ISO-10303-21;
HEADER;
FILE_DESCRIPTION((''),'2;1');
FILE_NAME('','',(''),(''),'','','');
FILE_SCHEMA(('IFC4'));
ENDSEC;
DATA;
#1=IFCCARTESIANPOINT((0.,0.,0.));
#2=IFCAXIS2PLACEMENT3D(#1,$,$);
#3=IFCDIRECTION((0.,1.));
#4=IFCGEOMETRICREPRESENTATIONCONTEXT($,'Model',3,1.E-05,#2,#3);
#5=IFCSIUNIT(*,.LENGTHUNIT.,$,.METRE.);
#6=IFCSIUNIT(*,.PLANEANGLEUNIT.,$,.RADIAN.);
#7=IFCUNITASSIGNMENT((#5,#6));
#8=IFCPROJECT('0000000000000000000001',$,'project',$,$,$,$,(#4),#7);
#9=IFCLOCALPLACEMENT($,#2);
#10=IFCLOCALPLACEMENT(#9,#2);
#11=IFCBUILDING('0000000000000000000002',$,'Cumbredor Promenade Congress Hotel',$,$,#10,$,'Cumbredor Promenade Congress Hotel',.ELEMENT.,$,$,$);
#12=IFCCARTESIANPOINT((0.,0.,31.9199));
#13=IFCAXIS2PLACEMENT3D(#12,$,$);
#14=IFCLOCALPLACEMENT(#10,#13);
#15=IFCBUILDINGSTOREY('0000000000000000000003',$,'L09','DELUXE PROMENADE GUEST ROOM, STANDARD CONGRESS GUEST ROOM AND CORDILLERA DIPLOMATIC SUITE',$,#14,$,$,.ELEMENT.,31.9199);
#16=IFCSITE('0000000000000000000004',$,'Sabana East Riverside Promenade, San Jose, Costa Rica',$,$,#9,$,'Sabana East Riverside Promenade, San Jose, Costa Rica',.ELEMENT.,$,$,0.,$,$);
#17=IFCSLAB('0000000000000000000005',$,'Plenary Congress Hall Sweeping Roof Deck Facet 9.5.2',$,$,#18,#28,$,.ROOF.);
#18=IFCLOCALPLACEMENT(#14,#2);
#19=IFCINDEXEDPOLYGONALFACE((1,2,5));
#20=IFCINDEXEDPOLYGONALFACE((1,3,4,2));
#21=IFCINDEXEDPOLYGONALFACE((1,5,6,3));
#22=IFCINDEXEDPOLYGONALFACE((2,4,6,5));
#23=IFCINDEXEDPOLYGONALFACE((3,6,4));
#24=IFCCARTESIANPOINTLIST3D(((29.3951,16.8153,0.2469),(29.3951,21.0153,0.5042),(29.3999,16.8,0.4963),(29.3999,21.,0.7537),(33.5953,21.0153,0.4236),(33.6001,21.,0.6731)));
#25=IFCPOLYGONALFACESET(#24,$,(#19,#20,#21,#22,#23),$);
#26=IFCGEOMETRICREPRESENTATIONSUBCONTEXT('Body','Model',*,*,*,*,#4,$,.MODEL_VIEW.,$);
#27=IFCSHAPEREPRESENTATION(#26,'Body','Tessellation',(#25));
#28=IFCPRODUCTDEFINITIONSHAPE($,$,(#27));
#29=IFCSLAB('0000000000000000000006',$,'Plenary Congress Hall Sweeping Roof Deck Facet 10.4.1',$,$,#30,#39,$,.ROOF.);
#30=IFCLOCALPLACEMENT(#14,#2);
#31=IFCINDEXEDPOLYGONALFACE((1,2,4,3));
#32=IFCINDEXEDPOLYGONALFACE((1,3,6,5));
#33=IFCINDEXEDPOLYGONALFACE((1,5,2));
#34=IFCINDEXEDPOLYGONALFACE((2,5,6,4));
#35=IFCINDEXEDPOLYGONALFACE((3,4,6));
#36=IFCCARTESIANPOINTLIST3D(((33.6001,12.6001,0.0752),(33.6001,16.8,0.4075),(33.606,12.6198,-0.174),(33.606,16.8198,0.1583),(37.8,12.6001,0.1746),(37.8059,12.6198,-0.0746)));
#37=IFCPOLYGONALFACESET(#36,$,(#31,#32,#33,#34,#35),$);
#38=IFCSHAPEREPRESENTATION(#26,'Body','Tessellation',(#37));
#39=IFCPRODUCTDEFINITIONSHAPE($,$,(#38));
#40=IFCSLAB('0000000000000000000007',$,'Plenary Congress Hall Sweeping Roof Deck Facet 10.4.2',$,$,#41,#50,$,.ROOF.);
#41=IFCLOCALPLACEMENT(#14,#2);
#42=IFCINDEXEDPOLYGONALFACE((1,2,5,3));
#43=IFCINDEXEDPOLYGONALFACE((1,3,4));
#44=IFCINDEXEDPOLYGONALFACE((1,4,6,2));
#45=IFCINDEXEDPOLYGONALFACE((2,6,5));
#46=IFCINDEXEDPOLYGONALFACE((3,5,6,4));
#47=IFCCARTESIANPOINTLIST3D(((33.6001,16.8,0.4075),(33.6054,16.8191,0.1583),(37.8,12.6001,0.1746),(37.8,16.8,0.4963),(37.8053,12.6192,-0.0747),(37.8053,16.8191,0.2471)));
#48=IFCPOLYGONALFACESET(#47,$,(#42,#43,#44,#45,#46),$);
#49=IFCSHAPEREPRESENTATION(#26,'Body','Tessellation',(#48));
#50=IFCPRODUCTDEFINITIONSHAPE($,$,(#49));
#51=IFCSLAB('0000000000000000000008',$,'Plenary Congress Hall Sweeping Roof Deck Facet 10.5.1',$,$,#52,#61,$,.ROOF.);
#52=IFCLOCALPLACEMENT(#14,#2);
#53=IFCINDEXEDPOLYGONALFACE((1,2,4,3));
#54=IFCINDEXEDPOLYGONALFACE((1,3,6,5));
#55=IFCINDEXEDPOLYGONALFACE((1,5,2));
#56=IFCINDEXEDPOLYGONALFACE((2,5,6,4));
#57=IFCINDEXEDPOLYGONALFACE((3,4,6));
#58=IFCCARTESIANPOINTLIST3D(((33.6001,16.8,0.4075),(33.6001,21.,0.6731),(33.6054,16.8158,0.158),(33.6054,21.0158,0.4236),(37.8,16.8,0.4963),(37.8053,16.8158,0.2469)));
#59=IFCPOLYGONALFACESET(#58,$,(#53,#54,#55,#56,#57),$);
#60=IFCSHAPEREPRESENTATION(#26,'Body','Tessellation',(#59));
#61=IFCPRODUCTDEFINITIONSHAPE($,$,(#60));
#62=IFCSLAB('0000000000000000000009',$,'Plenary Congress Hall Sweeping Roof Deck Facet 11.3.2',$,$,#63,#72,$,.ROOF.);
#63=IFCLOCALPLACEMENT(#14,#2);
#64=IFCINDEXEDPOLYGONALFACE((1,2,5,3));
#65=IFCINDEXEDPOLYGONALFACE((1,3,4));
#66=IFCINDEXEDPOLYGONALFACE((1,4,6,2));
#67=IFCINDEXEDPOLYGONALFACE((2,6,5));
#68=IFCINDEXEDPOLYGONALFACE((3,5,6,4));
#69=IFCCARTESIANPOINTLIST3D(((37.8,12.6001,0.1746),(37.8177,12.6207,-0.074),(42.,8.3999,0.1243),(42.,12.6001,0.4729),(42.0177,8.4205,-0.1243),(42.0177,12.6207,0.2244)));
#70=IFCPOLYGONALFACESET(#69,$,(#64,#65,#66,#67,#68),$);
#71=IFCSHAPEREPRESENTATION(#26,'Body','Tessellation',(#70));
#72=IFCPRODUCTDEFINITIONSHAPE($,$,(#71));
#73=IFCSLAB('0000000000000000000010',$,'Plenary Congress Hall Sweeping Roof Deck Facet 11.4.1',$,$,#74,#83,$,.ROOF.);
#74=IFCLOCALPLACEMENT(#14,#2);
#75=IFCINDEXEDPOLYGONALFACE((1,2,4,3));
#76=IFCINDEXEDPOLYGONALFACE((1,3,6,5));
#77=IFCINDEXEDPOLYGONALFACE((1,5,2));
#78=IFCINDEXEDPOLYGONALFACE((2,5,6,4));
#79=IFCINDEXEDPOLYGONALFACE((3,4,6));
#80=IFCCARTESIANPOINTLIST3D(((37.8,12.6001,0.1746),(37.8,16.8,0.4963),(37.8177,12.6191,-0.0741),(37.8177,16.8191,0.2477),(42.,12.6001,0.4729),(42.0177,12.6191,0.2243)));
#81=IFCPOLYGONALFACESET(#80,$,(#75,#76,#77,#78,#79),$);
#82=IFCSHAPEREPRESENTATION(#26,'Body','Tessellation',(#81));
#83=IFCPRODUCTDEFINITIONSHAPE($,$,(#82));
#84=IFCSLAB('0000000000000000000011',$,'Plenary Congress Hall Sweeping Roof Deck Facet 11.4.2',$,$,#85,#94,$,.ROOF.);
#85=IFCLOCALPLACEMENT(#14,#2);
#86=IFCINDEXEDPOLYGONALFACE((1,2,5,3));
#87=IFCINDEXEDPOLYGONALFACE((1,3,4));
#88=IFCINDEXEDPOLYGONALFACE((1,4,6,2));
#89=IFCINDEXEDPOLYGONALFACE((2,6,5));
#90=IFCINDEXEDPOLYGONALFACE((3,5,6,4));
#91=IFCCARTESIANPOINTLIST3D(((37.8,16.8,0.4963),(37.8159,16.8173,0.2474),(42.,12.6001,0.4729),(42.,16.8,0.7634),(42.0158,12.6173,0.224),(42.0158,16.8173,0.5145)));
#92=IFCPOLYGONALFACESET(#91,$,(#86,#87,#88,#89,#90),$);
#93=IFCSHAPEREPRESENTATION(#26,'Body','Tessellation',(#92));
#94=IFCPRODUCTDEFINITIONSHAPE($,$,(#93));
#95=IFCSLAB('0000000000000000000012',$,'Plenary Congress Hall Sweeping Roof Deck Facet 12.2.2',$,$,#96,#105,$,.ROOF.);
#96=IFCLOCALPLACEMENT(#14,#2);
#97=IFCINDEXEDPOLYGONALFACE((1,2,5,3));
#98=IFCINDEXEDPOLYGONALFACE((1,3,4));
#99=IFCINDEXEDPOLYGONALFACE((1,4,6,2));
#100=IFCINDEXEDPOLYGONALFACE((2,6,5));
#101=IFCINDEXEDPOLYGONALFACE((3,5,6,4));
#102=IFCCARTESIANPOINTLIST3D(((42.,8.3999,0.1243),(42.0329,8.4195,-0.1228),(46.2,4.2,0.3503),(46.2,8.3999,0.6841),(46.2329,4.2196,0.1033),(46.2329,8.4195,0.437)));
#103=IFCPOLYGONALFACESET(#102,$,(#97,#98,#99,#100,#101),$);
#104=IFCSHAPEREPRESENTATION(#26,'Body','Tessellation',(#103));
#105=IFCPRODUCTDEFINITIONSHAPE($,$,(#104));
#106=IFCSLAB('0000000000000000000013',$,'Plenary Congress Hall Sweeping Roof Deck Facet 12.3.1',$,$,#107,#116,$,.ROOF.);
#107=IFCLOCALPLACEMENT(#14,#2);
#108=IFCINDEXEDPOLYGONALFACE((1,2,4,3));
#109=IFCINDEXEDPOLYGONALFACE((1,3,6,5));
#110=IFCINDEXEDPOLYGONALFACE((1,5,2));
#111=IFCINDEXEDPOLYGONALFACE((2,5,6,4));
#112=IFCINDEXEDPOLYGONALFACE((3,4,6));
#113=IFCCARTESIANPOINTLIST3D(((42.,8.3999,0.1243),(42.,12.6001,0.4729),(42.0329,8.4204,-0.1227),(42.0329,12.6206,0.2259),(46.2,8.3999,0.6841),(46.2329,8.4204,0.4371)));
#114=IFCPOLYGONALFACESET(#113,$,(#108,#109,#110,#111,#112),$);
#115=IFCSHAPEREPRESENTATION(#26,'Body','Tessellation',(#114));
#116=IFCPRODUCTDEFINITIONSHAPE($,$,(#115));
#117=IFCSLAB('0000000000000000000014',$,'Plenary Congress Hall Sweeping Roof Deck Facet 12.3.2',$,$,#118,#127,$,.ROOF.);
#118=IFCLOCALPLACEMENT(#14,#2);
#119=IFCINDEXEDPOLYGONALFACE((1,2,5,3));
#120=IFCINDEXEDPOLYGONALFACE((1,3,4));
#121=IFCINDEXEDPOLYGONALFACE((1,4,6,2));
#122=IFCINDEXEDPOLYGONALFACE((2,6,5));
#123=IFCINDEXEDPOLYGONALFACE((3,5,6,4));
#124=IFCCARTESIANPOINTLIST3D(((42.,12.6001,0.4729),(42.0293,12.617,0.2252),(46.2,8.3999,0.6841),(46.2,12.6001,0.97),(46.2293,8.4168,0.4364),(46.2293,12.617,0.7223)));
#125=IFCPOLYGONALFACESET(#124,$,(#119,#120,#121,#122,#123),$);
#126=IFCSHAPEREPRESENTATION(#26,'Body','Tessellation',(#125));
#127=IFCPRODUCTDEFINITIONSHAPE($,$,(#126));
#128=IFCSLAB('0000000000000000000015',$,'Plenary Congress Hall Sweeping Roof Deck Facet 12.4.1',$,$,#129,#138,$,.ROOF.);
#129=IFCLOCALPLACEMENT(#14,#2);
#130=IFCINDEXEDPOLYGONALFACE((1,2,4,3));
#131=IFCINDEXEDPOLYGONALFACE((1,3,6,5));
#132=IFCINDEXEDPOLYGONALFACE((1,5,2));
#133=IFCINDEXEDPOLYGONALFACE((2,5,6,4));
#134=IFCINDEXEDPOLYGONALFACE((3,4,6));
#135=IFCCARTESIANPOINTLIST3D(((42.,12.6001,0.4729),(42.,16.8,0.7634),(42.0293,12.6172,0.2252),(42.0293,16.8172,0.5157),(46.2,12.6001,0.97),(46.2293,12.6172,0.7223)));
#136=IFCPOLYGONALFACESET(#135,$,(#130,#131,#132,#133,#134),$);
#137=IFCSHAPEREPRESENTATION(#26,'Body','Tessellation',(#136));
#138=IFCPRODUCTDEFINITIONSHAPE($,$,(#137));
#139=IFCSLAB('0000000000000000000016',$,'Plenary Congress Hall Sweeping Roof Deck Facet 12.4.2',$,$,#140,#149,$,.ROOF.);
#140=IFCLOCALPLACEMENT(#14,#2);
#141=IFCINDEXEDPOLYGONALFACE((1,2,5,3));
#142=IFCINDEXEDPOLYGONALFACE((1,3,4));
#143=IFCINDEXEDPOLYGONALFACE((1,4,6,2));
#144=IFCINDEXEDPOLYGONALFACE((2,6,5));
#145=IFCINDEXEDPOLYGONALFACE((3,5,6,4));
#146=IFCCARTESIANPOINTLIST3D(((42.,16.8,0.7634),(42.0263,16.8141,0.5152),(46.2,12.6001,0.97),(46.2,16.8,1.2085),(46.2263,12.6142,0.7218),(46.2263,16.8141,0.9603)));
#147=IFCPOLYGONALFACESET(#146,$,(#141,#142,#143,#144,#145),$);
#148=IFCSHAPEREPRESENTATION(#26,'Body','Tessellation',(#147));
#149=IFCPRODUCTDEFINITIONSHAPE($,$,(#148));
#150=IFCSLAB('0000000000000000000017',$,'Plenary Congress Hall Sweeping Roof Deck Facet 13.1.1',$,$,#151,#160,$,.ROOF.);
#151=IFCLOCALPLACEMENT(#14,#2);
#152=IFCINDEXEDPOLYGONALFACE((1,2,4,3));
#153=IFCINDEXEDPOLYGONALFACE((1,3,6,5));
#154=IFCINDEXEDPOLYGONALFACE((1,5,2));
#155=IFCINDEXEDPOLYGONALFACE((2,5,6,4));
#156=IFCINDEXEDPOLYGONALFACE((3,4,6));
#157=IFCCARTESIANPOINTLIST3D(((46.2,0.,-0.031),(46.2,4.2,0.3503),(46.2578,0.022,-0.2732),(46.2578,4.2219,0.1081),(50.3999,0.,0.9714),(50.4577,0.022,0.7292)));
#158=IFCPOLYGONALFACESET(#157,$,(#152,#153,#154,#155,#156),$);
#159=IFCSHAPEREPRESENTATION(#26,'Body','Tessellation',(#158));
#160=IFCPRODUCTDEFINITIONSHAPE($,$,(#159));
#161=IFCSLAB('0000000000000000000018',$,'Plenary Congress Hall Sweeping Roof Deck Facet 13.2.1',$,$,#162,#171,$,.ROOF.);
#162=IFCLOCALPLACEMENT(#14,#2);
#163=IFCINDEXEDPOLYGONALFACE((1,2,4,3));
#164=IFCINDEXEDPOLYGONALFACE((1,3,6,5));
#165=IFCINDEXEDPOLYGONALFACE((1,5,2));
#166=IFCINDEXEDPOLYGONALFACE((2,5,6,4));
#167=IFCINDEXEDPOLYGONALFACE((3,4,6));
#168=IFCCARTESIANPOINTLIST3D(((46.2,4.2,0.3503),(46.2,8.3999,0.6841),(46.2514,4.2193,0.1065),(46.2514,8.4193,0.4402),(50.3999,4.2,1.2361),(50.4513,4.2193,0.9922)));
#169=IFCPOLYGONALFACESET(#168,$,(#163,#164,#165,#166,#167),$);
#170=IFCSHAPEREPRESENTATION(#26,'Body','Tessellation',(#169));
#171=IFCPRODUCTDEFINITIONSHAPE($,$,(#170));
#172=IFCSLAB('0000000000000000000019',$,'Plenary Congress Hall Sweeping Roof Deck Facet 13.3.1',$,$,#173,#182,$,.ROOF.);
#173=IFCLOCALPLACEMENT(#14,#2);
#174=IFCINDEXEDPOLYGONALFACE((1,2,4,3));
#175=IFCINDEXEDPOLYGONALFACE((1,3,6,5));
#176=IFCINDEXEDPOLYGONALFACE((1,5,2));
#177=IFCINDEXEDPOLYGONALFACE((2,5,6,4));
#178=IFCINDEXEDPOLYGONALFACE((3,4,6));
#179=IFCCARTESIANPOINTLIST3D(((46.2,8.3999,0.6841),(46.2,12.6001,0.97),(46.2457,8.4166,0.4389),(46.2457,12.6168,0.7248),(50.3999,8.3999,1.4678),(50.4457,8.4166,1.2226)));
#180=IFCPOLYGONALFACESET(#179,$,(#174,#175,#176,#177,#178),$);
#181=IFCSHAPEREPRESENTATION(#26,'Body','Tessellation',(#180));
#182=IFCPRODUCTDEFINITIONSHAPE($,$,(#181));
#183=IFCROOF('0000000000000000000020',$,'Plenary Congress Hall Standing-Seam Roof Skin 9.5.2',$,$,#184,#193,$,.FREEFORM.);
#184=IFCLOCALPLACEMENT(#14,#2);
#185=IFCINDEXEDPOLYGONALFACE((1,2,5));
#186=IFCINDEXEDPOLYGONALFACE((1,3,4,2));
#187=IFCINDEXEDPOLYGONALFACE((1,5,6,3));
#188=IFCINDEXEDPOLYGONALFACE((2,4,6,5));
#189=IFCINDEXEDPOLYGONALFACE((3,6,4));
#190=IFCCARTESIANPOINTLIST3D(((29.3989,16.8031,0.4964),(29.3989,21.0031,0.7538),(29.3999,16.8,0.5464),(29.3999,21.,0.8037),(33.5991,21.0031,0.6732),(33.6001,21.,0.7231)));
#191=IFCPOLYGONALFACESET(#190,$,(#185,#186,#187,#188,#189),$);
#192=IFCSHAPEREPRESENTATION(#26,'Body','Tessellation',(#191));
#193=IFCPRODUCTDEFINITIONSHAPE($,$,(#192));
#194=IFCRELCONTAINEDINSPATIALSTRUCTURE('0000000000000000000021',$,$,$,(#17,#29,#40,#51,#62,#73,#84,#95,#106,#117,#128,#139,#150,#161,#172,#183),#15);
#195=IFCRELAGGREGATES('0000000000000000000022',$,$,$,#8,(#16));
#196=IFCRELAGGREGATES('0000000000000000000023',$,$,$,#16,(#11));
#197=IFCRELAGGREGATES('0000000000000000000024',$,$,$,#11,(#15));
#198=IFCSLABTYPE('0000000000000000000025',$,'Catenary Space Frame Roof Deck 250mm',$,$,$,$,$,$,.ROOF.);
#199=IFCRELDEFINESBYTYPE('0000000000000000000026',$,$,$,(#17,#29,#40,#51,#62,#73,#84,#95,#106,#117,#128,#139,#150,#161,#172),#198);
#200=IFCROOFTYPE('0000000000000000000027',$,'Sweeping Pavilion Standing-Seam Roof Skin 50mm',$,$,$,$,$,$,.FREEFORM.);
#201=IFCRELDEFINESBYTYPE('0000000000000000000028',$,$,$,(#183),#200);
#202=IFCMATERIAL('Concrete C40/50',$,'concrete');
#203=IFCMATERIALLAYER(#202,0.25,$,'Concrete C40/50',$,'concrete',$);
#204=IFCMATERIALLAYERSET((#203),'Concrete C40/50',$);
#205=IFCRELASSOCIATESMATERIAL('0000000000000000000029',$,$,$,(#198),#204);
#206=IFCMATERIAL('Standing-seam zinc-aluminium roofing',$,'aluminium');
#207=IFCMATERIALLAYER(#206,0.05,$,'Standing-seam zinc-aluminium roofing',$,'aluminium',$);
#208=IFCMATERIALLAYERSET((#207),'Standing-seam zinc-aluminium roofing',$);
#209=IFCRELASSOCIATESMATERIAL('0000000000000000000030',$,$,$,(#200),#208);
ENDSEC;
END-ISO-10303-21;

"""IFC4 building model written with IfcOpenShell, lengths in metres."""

from ifc_helpers import new_model, si_unit, direction, frame, origin, place, context, subcontext, project, spatial, polyline, outline, extrude, material, layer, layer_set, type_object, element, save


model = new_model("IFC4")

# Units and contexts
model_context = context("Model", 3, precision=1e-05, world=origin(), true_north=direction((0.0, 1.0)))
body_context = subcontext(model_context, "Body", "Model", "MODEL_VIEW")
ifc_project = project(units=[si_unit("LENGTHUNIT", "METRE"), si_unit("PLANEANGLEUNIT", "RADIAN")], contexts=[model_context])

# Site, building, storey
site_placement = place(None, origin())
site = spatial("IfcSite", under=ifc_project, at=site_placement, Name="Sabana East Riverside Promenade, San Jose, Costa Rica", LongName="Sabana East Riverside Promenade, San Jose, Costa Rica", CompositionType="ELEMENT", RefElevation=0.0)
building_placement = place(site_placement, origin())
building = spatial("IfcBuilding", under=site, at=building_placement, Name="Cumbredor Promenade Congress Hotel", LongName="Cumbredor Promenade Congress Hotel", CompositionType="ELEMENT")
storey_placement = place(building_placement, frame((0.0, 0.0, 31.9199)))
storey = spatial("IfcBuildingStorey", under=building, at=storey_placement, Name="L09", Description="DELUXE PROMENADE GUEST ROOM, STANDARD CONGRESS GUEST ROOM AND CORDILLERA DIPLOMATIC SUITE", CompositionType="ELEMENT", Elevation=31.9199)

# Slabs
ifc_material_1 = material(Name="Concrete C40/50", Category="concrete")
ifc_layer_1 = layer(ifc_material_1, 0.25, Name="Concrete C40/50", Category="concrete")
ifc_layer_set_1 = layer_set([ifc_layer_1], Name="Concrete C40/50")
slab_type = type_object("IfcSlabType", Name="Catenary Space Frame Roof Deck 250mm", PredefinedType="ROOF", material=ifc_layer_set_1)
slab_1_placement = place(storey_placement, frame((29.3999, 16.8, 0.4963), z_axis=(0.019142, -0.061143, 0.997945), x_axis=(0.706814, 0.706773, 0.029745)))
element("IfcSlab", 1, at=slab_1_placement, inside=storey, type_object=slab_type, Name="Plenary Congress Hall Sweeping Roof Deck Facet 9.5.2", PredefinedType="ROOF", context=body_context, shape_type="SweptSolid", body=[
    extrude(outline(polyline([(0.0, 0.0), (5.9424, 0.0), (2.9761, 2.9747), (0.0, 0.0)])), origin(), (0.0, 0.0, -1.0), 0.25),
])
slab_2_placement = place(storey_placement, frame((33.6001, 12.6001, 0.0752), z_axis=(-0.023578, -0.078846, 0.996608), x_axis=(0.99972, 0.0, 0.023652)))
element("IfcSlab", 2, at=slab_2_placement, inside=storey, type_object=slab_type, Name="Plenary Congress Hall Sweeping Roof Deck Facet 10.4.1", PredefinedType="ROOF", context=body_context, shape_type="SweptSolid", body=[
    extrude(outline(polyline([(0.0, 0.0), (4.2011, 0.0), (0.0079, 4.2131), (0.0, 0.0)])), origin(), (0.0, 0.0, -1.0), 0.25),
])
slab_3_placement = place(storey_placement, frame((37.8, 12.6001, 0.1746), z_axis=(-0.021093, -0.076374, 0.996856), x_axis=(0.0, 0.997078, 0.076391)))
element("IfcSlab", 3, at=slab_3_placement, inside=storey, type_object=slab_type, Name="Plenary Congress Hall Sweeping Roof Deck Facet 10.4.2", PredefinedType="ROOF", context=body_context, shape_type="SweptSolid", body=[
    extrude(outline(polyline([(0.0, 0.0), (4.2123, 0.0), (4.2055, 4.2009), (0.0, 0.0)])), origin(), (0.0, 0.0, -1.0), 0.25),
])
slab_4_placement = place(storey_placement, frame((33.6001, 16.8, 0.4075), z_axis=(-0.021112, -0.063105, 0.997784), x_axis=(0.999776, 0.0, 0.021154)))
element("IfcSlab", 4, at=slab_4_placement, inside=storey, type_object=slab_type, Name="Plenary Congress Hall Sweeping Roof Deck Facet 10.5.1", PredefinedType="ROOF", context=body_context, shape_type="SweptSolid", body=[
    extrude(outline(polyline([(0.0, 0.0), (4.2009, 0.0), (0.0056, 4.2083), (0.0, 0.0)])), origin(), (0.0, 0.0, -1.0), 0.25),
])
slab_5_placement = place(storey_placement, frame((42.0, 8.3999, 0.1243), z_axis=(-0.070614, -0.082513, 0.994085), x_axis=(0.0, 0.996573, 0.082719)))
element("IfcSlab", 5, at=slab_5_placement, inside=storey, type_object=slab_type, Name="Plenary Congress Hall Sweeping Roof Deck Facet 11.3.2", PredefinedType="ROOF", context=body_context, shape_type="SweptSolid", body=[
    extrude(outline(polyline([(0.0, 0.0), (4.2146, 0.0), (4.19, 4.2105), (0.0, 0.0)])), origin(), (0.0, 0.0, -1.0), 0.25),
])
slab_6_placement = place(storey_placement, frame((37.8, 12.6001, 0.1746), z_axis=(-0.07065, -0.0762, 0.994586), x_axis=(0.997487, 0.0, 0.070856)))
element("IfcSlab", 6, at=slab_6_placement, inside=storey, type_object=slab_type, Name="Plenary Congress Hall Sweeping Roof Deck Facet 11.4.1", PredefinedType="ROOF", context=body_context, shape_type="SweptSolid", body=[
    extrude(outline(polyline([(0.0, 0.0), (4.2105, 0.0), (0.0228, 4.2122), (0.0, 0.0)])), origin(), (0.0, 0.0, -1.0), 0.25),
])
slab_7_placement = place(storey_placement, frame((42.0, 12.6001, 0.4729), z_axis=(-0.063315, -0.068871, 0.995614), x_axis=(0.0, 0.997616, 0.069009)))
element("IfcSlab", 7, at=slab_7_placement, inside=storey, type_object=slab_type, Name="Plenary Congress Hall Sweeping Roof Deck Facet 11.4.2", PredefinedType="ROOF", context=body_context, shape_type="SweptSolid", body=[
    extrude(outline(polyline([(0.0, 0.0), (4.21, 0.0), (4.1916, 4.2084), (0.0, 0.0)])), origin(), (0.0, 0.0, -1.0), 0.25),
])
slab_8_placement = place(storey_placement, frame((46.2, 4.2, 0.3503), z_axis=(-0.131714, -0.078523, 0.988173), x_axis=(0.0, 0.996858, 0.079213)))
element("IfcSlab", 8, at=slab_8_placement, inside=storey, type_object=slab_type, Name="Plenary Congress Hall Sweeping Roof Deck Facet 12.2.2", PredefinedType="ROOF", context=body_context, shape_type="SweptSolid", body=[
    extrude(outline(polyline([(0.0, 0.0), (4.2132, 0.0), (4.1688, 4.2369), (0.0, 0.0)])), origin(), (0.0, 0.0, -1.0), 0.25),
])
slab_9_placement = place(storey_placement, frame((42.0, 8.3999, 0.1243), z_axis=(-0.131677, -0.081999, 0.987895), x_axis=(0.991233, 0.0, 0.132122)))
element("IfcSlab", 9, at=slab_9_placement, inside=storey, type_object=slab_type, Name="Plenary Congress Hall Sweeping Roof Deck Facet 12.3.1", PredefinedType="ROOF", context=body_context, shape_type="SweptSolid", body=[
    extrude(outline(polyline([(0.0, 0.0), (4.2371, 0.0), (0.0461, 4.2144), (0.0, 0.0)])), origin(), (0.0, 0.0, -1.0), 0.25),
])
slab_10_placement = place(storey_placement, frame((46.2, 8.3999, 0.6841), z_axis=(-0.117264, -0.06744, 0.990808), x_axis=(0.0, 0.997692, 0.067908)))
element("IfcSlab", 10, at=slab_10_placement, inside=storey, type_object=slab_type, Name="Plenary Congress Hall Sweeping Roof Deck Facet 12.3.2", PredefinedType="ROOF", context=body_context, shape_type="SweptSolid", body=[
    extrude(outline(polyline([(0.0, 0.0), (4.2099, 0.0), (4.1762, 4.2291), (0.0, 0.0)])), origin(), (0.0, 0.0, -1.0), 0.25),
])
slab_11_placement = place(storey_placement, frame((42.0, 12.6001, 0.4729), z_axis=(-0.117255, -0.068533, 0.990734), x_axis=(0.993069, 0.0, 0.117531)))
element("IfcSlab", 11, at=slab_11_placement, inside=storey, type_object=slab_type, Name="Plenary Congress Hall Sweeping Roof Deck Facet 12.4.1", PredefinedType="ROOF", context=body_context, shape_type="SweptSolid", body=[
    extrude(outline(polyline([(0.0, 0.0), (4.2293, 0.0), (0.0341, 4.2098), (0.0, 0.0)])), origin(), (0.0, 0.0, -1.0), 0.25),
])
slab_12_placement = place(storey_placement, frame((46.2, 12.6001, 0.97), z_axis=(-0.105212, -0.056386, 0.99285), x_axis=(0.0, 0.998391, 0.056701)))
element("IfcSlab", 12, at=slab_12_placement, inside=storey, type_object=slab_type, Name="Plenary Congress Hall Sweeping Roof Deck Facet 12.4.2", PredefinedType="ROOF", context=body_context, shape_type="SweptSolid", body=[
    extrude(outline(polyline([(0.0, 0.0), (4.2067, 0.0), (4.1815, 4.2234), (0.0, 0.0)])), origin(), (0.0, 0.0, -1.0), 0.25),
])
slab_13_placement = place(storey_placement, frame((46.2, 0.0, -0.031), z_axis=(-0.231258, -0.087975, 0.968907), x_axis=(0.972678, 0.0, 0.232158)))
element("IfcSlab", 13, at=slab_13_placement, inside=storey, type_object=slab_type, Name="Plenary Congress Hall Sweeping Roof Deck Facet 13.1.1", PredefinedType="ROOF", context=body_context, shape_type="SweptSolid", body=[
    extrude(outline(polyline([(0.0, 0.0), (4.3179, 0.0), (0.0885, 4.2163), (0.0, 0.0)])), origin(), (0.0, 0.0, -1.0), 0.25),
])
slab_14_placement = place(storey_placement, frame((46.2, 4.2, 0.3503), z_axis=(-0.205734, -0.077519, 0.975533), x_axis=(0.978477, 0.0, 0.206354)))
element("IfcSlab", 14, at=slab_14_placement, inside=storey, type_object=slab_type, Name="Plenary Congress Hall Sweeping Roof Deck Facet 13.2.1", PredefinedType="ROOF", context=body_context, shape_type="SweptSolid", body=[
    extrude(outline(polyline([(0.0, 0.0), (4.2923, 0.0), (0.0689, 4.2126), (0.0, 0.0)])), origin(), (0.0, 0.0, -1.0), 0.25),
])
slab_15_placement = place(storey_placement, frame((46.2, 8.3999, 0.6841), z_axis=(-0.18302, -0.066761, 0.98084), x_axis=(0.983033, 0.0, 0.183429)))
element("IfcSlab", 15, at=slab_15_placement, inside=storey, type_object=slab_type, Name="Plenary Congress Hall Sweeping Roof Deck Facet 13.3.1", PredefinedType="ROOF", context=body_context, shape_type="SweptSolid", body=[
    extrude(outline(polyline([(0.0, 0.0), (4.2724, 0.0), (0.0524, 4.2096), (0.0, 0.0)])), origin(), (0.0, 0.0, -1.0), 0.25),
])

# Roof
ifc_material_2 = material(Name="Standing-seam zinc-aluminium roofing", Category="aluminium")
ifc_layer_2 = layer(ifc_material_2, 0.05, Name="Standing-seam zinc-aluminium roofing", Category="aluminium")
ifc_layer_set_2 = layer_set([ifc_layer_2], Name="Standing-seam zinc-aluminium roofing")
roof_type = type_object("IfcRoofType", Name="Sweeping Pavilion Standing-Seam Roof Skin 50mm", PredefinedType="FREEFORM", material=ifc_layer_set_2)
roof_1_placement = place(storey_placement, frame((29.3999, 16.8, 0.5464), z_axis=(0.019142, -0.061143, 0.997945), x_axis=(0.706814, 0.706773, 0.029745)))
element("IfcRoof", 16, at=roof_1_placement, inside=storey, type_object=roof_type, Name="Plenary Congress Hall Standing-Seam Roof Skin 9.5.2", PredefinedType="FREEFORM", context=body_context, shape_type="SweptSolid", body=[
    extrude(outline(polyline([(0.0, 0.0), (5.9424, 0.0), (2.9761, 2.9747), (0.0, 0.0)])), origin(), (0.0, 0.0, -1.0), 0.05),
])

save(model, "model.ifc")
